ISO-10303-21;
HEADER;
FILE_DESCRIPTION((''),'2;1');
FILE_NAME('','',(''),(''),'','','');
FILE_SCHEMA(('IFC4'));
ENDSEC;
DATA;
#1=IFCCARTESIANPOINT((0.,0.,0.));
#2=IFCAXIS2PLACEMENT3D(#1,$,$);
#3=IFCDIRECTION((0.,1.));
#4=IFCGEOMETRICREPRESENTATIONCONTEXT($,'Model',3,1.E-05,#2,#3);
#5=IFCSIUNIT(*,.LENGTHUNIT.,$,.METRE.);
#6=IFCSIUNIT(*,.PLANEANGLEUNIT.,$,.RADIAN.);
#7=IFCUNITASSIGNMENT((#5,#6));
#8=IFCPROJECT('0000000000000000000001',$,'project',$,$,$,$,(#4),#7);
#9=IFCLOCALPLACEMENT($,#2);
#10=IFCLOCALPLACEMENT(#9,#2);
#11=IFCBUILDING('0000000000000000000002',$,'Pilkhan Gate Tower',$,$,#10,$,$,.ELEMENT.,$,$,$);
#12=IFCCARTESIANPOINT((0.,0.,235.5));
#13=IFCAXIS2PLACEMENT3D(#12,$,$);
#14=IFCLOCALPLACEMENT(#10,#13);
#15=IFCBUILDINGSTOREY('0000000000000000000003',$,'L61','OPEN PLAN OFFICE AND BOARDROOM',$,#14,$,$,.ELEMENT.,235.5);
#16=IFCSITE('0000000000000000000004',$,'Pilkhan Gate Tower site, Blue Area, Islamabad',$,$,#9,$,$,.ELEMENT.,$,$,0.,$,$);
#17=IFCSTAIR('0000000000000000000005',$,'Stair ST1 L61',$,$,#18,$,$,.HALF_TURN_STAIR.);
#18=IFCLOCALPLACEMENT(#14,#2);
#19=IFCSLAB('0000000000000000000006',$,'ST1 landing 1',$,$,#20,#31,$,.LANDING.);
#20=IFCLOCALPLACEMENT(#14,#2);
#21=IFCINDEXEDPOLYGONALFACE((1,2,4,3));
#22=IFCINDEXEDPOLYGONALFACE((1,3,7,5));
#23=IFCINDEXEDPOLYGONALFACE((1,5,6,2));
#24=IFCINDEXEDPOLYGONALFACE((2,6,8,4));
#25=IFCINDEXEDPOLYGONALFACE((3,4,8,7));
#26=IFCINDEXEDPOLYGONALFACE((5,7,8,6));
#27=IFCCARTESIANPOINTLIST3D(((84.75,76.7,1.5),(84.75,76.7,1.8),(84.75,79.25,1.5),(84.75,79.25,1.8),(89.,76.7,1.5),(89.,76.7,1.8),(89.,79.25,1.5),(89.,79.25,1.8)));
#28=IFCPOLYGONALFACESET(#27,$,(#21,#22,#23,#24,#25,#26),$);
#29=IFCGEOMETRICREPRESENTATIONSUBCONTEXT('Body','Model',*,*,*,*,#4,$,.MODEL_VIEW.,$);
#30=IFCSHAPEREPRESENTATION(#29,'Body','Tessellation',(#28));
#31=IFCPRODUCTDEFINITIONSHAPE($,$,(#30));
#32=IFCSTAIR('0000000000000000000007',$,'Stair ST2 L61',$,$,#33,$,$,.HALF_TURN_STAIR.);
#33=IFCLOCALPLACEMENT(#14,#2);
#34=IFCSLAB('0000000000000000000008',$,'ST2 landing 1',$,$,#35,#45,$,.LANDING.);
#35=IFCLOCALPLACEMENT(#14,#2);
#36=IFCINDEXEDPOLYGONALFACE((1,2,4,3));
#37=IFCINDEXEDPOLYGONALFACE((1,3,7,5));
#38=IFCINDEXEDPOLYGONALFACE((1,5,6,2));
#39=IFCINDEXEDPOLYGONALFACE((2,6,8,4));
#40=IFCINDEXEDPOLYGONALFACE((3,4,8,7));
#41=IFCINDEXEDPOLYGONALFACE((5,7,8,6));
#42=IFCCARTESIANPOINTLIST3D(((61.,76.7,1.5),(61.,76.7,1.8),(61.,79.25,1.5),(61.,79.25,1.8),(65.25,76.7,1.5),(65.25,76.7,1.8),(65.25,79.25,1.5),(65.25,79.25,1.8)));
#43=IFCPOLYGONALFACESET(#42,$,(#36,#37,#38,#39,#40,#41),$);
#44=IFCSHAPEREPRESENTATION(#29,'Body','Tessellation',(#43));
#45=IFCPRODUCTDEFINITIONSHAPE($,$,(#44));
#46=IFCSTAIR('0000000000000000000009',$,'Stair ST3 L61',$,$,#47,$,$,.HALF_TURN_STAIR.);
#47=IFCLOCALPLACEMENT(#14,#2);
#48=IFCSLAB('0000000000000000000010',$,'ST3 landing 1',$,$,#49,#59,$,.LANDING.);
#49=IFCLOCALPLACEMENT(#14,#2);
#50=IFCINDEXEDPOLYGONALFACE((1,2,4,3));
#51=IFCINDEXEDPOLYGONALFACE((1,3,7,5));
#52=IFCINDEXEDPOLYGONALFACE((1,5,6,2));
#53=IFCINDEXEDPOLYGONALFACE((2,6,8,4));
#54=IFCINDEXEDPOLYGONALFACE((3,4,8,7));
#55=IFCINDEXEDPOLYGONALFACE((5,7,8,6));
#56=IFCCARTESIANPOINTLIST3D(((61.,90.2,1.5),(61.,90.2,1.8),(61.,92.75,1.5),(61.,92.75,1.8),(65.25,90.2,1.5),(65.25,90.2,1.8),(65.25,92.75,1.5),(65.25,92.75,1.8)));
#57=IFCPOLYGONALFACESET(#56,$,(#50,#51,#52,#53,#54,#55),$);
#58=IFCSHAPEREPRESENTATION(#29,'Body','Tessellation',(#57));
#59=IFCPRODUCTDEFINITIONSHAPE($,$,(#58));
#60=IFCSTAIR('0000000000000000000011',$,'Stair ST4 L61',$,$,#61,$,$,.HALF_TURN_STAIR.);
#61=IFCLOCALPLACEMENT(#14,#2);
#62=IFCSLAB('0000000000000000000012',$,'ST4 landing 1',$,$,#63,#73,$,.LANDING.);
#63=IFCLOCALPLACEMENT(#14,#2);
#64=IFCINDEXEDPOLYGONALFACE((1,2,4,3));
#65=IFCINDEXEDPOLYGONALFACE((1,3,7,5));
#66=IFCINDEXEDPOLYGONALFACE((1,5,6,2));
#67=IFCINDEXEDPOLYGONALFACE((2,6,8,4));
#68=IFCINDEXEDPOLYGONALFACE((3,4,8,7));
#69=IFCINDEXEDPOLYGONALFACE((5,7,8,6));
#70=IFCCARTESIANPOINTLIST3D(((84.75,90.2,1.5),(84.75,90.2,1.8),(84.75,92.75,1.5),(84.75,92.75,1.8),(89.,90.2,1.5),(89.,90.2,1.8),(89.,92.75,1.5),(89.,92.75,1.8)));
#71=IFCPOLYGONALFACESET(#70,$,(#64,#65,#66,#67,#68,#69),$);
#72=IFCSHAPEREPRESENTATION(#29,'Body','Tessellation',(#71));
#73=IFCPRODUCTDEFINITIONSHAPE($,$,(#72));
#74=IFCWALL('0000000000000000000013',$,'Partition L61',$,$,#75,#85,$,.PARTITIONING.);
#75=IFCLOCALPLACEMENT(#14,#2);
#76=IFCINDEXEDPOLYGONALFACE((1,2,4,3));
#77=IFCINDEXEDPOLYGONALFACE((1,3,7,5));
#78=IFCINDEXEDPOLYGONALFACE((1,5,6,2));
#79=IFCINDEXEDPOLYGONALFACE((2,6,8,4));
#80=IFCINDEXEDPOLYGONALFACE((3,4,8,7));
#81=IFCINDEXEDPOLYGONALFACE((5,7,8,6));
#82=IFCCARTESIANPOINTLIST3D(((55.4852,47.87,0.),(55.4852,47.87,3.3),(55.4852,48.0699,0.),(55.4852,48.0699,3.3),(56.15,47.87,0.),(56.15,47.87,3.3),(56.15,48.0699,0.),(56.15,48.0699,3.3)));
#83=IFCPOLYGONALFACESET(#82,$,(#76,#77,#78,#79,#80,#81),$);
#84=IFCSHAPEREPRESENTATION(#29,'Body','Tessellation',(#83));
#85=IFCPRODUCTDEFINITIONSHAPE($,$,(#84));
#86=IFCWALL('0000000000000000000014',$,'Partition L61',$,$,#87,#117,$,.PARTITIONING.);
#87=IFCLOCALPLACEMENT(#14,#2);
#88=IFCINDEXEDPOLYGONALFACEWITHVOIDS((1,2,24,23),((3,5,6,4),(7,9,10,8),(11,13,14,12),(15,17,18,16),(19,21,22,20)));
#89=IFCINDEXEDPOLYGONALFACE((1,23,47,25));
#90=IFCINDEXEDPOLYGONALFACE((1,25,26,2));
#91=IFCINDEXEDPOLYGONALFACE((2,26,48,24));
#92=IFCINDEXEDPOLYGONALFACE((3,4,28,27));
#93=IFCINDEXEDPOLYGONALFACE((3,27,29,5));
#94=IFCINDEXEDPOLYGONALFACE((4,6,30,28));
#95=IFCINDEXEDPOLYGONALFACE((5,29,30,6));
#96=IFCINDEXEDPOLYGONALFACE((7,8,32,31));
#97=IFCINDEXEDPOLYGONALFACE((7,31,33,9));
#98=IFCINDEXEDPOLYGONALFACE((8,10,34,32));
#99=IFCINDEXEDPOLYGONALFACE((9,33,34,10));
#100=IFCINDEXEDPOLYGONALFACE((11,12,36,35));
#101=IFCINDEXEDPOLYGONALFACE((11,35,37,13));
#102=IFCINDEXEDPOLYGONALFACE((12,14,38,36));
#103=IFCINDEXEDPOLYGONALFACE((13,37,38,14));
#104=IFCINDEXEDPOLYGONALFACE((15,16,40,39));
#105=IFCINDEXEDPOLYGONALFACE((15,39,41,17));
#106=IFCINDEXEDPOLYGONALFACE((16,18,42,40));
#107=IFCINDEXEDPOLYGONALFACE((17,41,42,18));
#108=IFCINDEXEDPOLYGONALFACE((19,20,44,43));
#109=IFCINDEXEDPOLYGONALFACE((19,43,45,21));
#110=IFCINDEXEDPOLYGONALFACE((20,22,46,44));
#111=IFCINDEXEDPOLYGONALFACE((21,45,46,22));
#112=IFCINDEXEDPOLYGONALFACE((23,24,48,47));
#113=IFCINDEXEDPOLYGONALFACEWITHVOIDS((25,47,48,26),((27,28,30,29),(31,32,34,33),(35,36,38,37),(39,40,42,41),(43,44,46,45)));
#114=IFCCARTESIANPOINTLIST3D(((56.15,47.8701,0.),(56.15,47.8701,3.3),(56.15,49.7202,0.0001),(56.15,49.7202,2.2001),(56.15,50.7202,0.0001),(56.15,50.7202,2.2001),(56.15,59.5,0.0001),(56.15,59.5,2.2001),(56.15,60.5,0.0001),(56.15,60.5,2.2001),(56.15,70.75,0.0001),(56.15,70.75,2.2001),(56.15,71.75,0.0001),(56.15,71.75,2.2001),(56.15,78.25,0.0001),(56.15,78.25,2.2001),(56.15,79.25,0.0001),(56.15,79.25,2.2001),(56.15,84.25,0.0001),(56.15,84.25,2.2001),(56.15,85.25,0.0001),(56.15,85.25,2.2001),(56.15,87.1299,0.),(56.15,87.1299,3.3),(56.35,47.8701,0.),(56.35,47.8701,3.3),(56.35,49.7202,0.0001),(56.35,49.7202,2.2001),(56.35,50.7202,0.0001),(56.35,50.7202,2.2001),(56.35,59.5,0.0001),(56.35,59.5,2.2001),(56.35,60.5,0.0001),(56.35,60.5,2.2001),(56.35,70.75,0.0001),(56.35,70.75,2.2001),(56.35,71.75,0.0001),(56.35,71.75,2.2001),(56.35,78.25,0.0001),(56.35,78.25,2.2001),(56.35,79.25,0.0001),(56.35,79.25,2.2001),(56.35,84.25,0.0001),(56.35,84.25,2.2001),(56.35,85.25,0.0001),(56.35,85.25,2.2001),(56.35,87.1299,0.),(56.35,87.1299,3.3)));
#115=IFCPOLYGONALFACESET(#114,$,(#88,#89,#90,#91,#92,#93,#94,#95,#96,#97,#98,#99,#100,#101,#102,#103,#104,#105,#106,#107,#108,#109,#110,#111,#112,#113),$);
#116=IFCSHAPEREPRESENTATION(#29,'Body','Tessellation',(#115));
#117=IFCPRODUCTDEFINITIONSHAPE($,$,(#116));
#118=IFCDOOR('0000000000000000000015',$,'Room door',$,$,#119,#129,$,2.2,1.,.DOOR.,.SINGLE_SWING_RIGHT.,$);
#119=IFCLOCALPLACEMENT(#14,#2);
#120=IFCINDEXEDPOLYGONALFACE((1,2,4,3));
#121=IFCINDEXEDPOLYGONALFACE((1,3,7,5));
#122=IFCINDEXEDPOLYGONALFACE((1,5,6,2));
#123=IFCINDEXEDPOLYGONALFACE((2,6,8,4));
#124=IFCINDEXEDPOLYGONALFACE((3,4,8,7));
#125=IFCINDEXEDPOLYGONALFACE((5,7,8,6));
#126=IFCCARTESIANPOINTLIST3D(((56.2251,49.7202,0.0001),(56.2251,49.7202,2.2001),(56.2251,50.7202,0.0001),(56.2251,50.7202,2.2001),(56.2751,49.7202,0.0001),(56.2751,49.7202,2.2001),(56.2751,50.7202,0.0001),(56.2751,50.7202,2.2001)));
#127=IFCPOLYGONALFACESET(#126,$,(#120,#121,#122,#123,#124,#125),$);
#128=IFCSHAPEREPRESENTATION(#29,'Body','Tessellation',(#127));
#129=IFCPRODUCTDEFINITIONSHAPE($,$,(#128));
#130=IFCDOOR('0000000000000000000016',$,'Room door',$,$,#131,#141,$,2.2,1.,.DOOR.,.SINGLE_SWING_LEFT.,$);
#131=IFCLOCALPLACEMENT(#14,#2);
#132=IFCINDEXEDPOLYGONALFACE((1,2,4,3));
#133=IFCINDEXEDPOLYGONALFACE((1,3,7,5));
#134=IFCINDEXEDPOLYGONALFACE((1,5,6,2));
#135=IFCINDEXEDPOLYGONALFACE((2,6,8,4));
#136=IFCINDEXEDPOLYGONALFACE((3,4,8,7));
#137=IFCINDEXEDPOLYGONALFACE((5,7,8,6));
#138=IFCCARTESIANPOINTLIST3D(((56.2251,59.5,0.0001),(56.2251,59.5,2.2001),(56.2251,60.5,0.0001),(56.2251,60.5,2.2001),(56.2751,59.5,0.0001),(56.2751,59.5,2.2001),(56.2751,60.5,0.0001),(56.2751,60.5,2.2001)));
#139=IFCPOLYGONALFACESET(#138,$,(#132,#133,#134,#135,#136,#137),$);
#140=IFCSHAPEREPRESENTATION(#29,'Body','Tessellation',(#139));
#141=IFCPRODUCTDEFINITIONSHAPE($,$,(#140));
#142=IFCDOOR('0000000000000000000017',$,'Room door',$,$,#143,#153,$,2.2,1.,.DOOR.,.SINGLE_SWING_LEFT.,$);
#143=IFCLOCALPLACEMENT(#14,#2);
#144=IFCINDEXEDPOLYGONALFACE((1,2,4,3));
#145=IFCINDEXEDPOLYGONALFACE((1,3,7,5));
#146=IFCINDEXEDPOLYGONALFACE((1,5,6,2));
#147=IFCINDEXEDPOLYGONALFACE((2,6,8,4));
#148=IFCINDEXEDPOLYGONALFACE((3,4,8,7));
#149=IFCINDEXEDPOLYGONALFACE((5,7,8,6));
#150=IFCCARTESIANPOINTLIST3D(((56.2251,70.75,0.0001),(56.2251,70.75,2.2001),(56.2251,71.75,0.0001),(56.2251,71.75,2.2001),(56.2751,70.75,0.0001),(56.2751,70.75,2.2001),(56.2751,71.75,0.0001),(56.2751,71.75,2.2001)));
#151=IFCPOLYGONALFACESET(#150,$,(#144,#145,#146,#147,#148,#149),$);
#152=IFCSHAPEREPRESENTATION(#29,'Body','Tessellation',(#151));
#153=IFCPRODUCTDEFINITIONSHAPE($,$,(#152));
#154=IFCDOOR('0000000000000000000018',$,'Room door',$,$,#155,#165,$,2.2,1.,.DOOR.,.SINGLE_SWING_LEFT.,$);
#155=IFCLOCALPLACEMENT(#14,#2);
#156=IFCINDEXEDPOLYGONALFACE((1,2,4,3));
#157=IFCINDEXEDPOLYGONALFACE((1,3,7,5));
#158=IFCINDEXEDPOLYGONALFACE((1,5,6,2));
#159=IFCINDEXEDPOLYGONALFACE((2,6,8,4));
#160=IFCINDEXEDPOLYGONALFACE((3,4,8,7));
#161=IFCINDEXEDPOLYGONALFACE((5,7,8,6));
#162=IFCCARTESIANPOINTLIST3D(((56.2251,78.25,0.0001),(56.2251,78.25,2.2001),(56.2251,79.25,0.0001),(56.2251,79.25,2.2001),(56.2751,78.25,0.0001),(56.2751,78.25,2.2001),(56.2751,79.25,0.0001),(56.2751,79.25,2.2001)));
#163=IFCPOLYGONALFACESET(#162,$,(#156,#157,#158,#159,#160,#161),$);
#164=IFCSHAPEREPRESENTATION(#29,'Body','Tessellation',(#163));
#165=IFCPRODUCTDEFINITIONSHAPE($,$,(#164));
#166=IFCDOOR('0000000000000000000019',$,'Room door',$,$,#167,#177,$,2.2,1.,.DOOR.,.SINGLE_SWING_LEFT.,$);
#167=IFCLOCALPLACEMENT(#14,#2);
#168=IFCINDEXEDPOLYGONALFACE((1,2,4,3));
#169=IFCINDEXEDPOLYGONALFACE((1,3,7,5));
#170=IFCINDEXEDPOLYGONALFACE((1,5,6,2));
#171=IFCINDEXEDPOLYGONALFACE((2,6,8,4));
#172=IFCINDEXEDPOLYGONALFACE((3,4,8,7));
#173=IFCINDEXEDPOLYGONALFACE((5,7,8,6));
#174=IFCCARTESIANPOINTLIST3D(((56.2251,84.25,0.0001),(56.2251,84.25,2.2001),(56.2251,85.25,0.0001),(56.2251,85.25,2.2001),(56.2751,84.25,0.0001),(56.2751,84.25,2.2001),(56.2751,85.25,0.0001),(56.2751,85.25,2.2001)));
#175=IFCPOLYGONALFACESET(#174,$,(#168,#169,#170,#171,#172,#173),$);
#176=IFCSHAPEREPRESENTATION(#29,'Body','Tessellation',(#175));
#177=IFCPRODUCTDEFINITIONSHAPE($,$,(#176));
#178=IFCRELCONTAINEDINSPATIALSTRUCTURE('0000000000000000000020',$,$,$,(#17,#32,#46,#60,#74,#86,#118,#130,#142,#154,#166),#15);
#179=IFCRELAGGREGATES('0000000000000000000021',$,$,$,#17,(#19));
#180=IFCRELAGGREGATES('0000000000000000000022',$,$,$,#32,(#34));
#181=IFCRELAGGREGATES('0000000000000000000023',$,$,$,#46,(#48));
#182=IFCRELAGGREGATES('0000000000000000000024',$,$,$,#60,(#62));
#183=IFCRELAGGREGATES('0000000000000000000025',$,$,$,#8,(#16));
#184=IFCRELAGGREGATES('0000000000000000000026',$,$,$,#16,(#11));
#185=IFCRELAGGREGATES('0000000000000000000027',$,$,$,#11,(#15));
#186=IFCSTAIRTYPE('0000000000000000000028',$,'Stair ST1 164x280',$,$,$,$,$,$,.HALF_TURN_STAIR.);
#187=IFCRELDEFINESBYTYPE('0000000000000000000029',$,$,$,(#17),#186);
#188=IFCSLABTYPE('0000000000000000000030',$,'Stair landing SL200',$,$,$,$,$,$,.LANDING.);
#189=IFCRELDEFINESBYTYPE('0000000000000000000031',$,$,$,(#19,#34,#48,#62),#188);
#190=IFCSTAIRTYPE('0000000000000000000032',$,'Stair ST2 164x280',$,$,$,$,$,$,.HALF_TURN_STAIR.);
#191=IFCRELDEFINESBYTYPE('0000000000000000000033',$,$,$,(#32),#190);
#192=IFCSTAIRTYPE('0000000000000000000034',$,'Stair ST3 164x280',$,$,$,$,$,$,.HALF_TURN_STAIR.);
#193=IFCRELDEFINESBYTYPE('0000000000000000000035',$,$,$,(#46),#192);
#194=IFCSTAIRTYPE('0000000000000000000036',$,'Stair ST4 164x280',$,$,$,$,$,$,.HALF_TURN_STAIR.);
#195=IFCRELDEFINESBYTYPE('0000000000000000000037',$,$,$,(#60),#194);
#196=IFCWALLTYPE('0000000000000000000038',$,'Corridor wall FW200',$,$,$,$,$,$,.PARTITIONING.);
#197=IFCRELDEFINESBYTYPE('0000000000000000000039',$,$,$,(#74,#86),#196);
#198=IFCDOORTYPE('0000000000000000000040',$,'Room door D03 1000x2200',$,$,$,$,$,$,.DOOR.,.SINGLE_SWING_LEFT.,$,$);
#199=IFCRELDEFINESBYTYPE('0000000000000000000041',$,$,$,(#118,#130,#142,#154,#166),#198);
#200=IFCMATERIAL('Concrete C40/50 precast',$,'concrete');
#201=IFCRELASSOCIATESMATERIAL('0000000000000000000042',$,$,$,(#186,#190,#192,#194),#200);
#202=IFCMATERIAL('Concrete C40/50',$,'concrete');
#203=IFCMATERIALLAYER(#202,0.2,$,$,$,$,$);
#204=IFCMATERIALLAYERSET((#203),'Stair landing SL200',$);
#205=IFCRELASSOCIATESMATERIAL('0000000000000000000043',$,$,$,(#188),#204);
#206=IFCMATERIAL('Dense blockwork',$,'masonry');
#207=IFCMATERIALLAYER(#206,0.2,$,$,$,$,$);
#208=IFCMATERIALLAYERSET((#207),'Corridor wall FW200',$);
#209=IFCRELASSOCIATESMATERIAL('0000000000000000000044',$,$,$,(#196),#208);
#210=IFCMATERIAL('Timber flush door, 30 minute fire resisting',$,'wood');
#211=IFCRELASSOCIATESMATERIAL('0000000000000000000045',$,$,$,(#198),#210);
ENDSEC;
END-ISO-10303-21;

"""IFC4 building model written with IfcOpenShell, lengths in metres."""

from ifc_helpers import new_model, si_unit, direction, frame, frame_2d, origin, place, context, subcontext, project, spatial, polyline, rectangle, outline, extrude, material, layer, layer_set, type_object, element, fill, aggregate, save


model = new_model("IFC4")

# Units and contexts
model_context = context("Model", 3, precision=1e-05, world=origin(), true_north=direction((0.0, 1.0)))
body_context = subcontext(model_context, "Body", "Model", "MODEL_VIEW")
ifc_project = project(units=[si_unit("LENGTHUNIT", "METRE"), si_unit("PLANEANGLEUNIT", "RADIAN")], contexts=[model_context])

# Site, building, storey
site_placement = place(None, origin())
site = spatial("IfcSite", under=ifc_project, at=site_placement, Name="Pilkhan Gate Tower site, Blue Area, Islamabad", CompositionType="ELEMENT", RefElevation=0.0)
building_placement = place(site_placement, origin())
building = spatial("IfcBuilding", under=site, at=building_placement, Name="Pilkhan Gate Tower", CompositionType="ELEMENT")
storey_placement = place(building_placement, frame((0.0, 0.0, 235.5)))
storey = spatial("IfcBuildingStorey", under=building, at=storey_placement, Name="L61", Description="OPEN PLAN OFFICE AND BOARDROOM", CompositionType="ELEMENT", Elevation=235.5)

# Shared definitions
ifc_material_1 = material(Name="Concrete C40/50", Category="concrete")

# Stairs, slabs
ifc_material_2 = material(Name="Concrete C40/50 precast", Category="concrete")
stair_type_1 = type_object("IfcStairType", Name="Stair ST1 164x280", PredefinedType="HALF_TURN_STAIR", material=ifc_material_2)
stair_1_placement = place(storey_placement, origin())
stair_1 = element("IfcStair", 1, at=stair_1_placement, inside=storey, type_object=stair_type_1, Name="Stair ST1 L61", PredefinedType="HALF_TURN_STAIR")
ifc_layer_1 = layer(ifc_material_1, 0.2)
ifc_layer_set_1 = layer_set([ifc_layer_1], Name="Stair landing SL200")
slab_type_1 = type_object("IfcSlabType", Name="Stair landing SL200", PredefinedType="LANDING", material=ifc_layer_set_1)
slab_1_placement = place(storey_placement, frame((0.0, 0.0, 1.5)))
slab_1 = element("IfcSlab", 2, at=slab_1_placement, type_object=slab_type_1, Name="ST1 landing 1", PredefinedType="LANDING", context=body_context, shape_type="SweptSolid", body=[
    extrude(outline(polyline([(89.0, 76.7), (89.0, 79.25), (84.75, 79.25), (84.75, 76.7), (89.0, 76.7)])), origin(), (0.0, 0.0, 1.0), 0.3),
])
aggregate(stair_1, [slab_1])
stair_type_2 = type_object("IfcStairType", Name="Stair ST2 164x280", PredefinedType="HALF_TURN_STAIR", material=ifc_material_2)
stair_2_placement = place(storey_placement, origin())
stair_2 = element("IfcStair", 3, at=stair_2_placement, inside=storey, type_object=stair_type_2, Name="Stair ST2 L61", PredefinedType="HALF_TURN_STAIR")
slab_2_placement = place(storey_placement, frame((0.0, 0.0, 1.5)))
slab_2 = element("IfcSlab", 4, at=slab_2_placement, type_object=slab_type_1, Name="ST2 landing 1", PredefinedType="LANDING", context=body_context, shape_type="SweptSolid", body=[
    extrude(outline(polyline([(65.25, 76.7), (65.25, 79.25), (61.0, 79.25), (61.0, 76.7), (65.25, 76.7)])), origin(), (0.0, 0.0, 1.0), 0.3),
])
aggregate(stair_2, [slab_2])
stair_type_3 = type_object("IfcStairType", Name="Stair ST3 164x280", PredefinedType="HALF_TURN_STAIR", material=ifc_material_2)
stair_3_placement = place(storey_placement, origin())
stair_3 = element("IfcStair", 5, at=stair_3_placement, inside=storey, type_object=stair_type_3, Name="Stair ST3 L61", PredefinedType="HALF_TURN_STAIR")
slab_3_placement = place(storey_placement, frame((0.0, 0.0, 1.5)))
slab_3 = element("IfcSlab", 6, at=slab_3_placement, type_object=slab_type_1, Name="ST3 landing 1", PredefinedType="LANDING", context=body_context, shape_type="SweptSolid", body=[
    extrude(outline(polyline([(65.25, 90.2), (65.25, 92.75), (61.0, 92.75), (61.0, 90.2), (65.25, 90.2)])), origin(), (0.0, 0.0, 1.0), 0.3),
])
aggregate(stair_3, [slab_3])
stair_type_4 = type_object("IfcStairType", Name="Stair ST4 164x280", PredefinedType="HALF_TURN_STAIR", material=ifc_material_2)
stair_4_placement = place(storey_placement, origin())
stair_4 = element("IfcStair", 7, at=stair_4_placement, inside=storey, type_object=stair_type_4, Name="Stair ST4 L61", PredefinedType="HALF_TURN_STAIR")
slab_4_placement = place(storey_placement, frame((0.0, 0.0, 1.5)))
slab_4 = element("IfcSlab", 8, at=slab_4_placement, type_object=slab_type_1, Name="ST4 landing 1", PredefinedType="LANDING", context=body_context, shape_type="SweptSolid", body=[
    extrude(outline(polyline([(89.0, 90.2), (89.0, 92.75), (84.75, 92.75), (84.75, 90.2), (89.0, 90.2)])), origin(), (0.0, 0.0, 1.0), 0.3),
])
aggregate(stair_4, [slab_4])

# Wall
ifc_material_3 = material(Name="Dense blockwork", Category="masonry")
ifc_layer_2 = layer(ifc_material_3, 0.2)
ifc_layer_set_2 = layer_set([ifc_layer_2], Name="Corridor wall FW200")
wall_type = type_object("IfcWallType", Name="Corridor wall FW200", PredefinedType="PARTITIONING", material=ifc_layer_set_2)
wall_1_placement = place(storey_placement, frame((55.4851, 47.97, 0.0), z_axis=(0.0, 0.0, 1.0), x_axis=(1.0, 0.0, 0.0)))
element("IfcWall", 9, at=wall_1_placement, inside=storey, type_object=wall_type, Name="Partition L61", PredefinedType="PARTITIONING", context=body_context, shape_type="SweptSolid", body=[
    extrude(rectangle(XDim=0.6648, YDim=0.2, at=frame_2d((0.3325, 0.0))), origin(), (0.0, 0.0, 1.0), 3.3),
])

# Wall, openings, doors
wall_2_placement = place(storey_placement, frame((56.25, 47.8701, 0.0), z_axis=(0.0, 0.0, 1.0), x_axis=(0.0, 1.0, 0.0)))
wall_2 = element("IfcWall", 10, at=wall_2_placement, inside=storey, type_object=wall_type, Name="Partition L61", PredefinedType="PARTITIONING", context=body_context, shape_type="SweptSolid", body=[
    extrude(rectangle(XDim=39.2598, YDim=0.2, at=frame_2d((19.6299, 0.0))), origin(), (0.0, 0.0, 1.0), 3.3),
])
opening_1_placement = place(wall_2_placement, frame((1.8501, 0.0, 0.0)))
opening_1 = element("IfcOpeningElement", 11, at=opening_1_placement, cuts=wall_2, PredefinedType="OPENING", context=body_context, shape_type="SweptSolid", body=[
    extrude(rectangle(XDim=1.0, YDim=2.2, at=frame_2d((0.5, 1.1001))), frame((0.0, 0.1099, 0.0), z_axis=(0.0, -1.0, 0.0), x_axis=(1.0, 0.0, 0.0)), (0.0, 0.0, 1.0), 0.22),
])
opening_2_placement = place(wall_2_placement, frame((11.6299, 0.0, 0.0)))
opening_2 = element("IfcOpeningElement", 12, at=opening_2_placement, cuts=wall_2, PredefinedType="OPENING", context=body_context, shape_type="SweptSolid", body=[
    extrude(rectangle(XDim=1.0, YDim=2.2, at=frame_2d((0.5, 1.1001))), frame((0.0, 0.1099, 0.0), z_axis=(0.0, -1.0, 0.0), x_axis=(1.0, 0.0, 0.0)), (0.0, 0.0, 1.0), 0.22),
])
opening_3_placement = place(wall_2_placement, frame((22.8799, 0.0, 0.0)))
opening_3 = element("IfcOpeningElement", 13, at=opening_3_placement, cuts=wall_2, PredefinedType="OPENING", context=body_context, shape_type="SweptSolid", body=[
    extrude(rectangle(XDim=1.0, YDim=2.2, at=frame_2d((0.5, 1.1001))), frame((0.0, 0.1099, 0.0), z_axis=(0.0, -1.0, 0.0), x_axis=(1.0, 0.0, 0.0)), (0.0, 0.0, 1.0), 0.22),
])
opening_4_placement = place(wall_2_placement, frame((30.3799, 0.0, 0.0)))
opening_4 = element("IfcOpeningElement", 14, at=opening_4_placement, cuts=wall_2, PredefinedType="OPENING", context=body_context, shape_type="SweptSolid", body=[
    extrude(rectangle(XDim=1.0, YDim=2.2, at=frame_2d((0.5, 1.1001))), frame((0.0, 0.1099, 0.0), z_axis=(0.0, -1.0, 0.0), x_axis=(1.0, 0.0, 0.0)), (0.0, 0.0, 1.0), 0.22),
])
opening_5_placement = place(wall_2_placement, frame((36.3799, 0.0, 0.0)))
opening_5 = element("IfcOpeningElement", 15, at=opening_5_placement, cuts=wall_2, PredefinedType="OPENING", context=body_context, shape_type="SweptSolid", body=[
    extrude(rectangle(XDim=1.0, YDim=2.2, at=frame_2d((0.5, 1.1001))), frame((0.0, 0.1099, 0.0), z_axis=(0.0, -1.0, 0.0), x_axis=(1.0, 0.0, 0.0)), (0.0, 0.0, 1.0), 0.22),
])
ifc_material_4 = material(Name="Timber flush door, 30 minute fire resisting", Category="wood")
door_type = type_object("IfcDoorType", Name="Room door D03 1000x2200", OperationType="SINGLE_SWING_LEFT", PredefinedType="DOOR", material=ifc_material_4)
door_1_placement = place(opening_1_placement, origin())
door_1 = element("IfcDoor", 16, at=door_1_placement, inside=storey, type_object=door_type, Name="Room door", OperationType="SINGLE_SWING_RIGHT", OverallHeight=2.2, OverallWidth=1.0, PredefinedType="DOOR", context=body_context, shape_type="SweptSolid", body=[
    extrude(rectangle(XDim=1.0, YDim=2.2, at=frame_2d((0.5, 1.1001))), frame((0.0, 0.0249, 0.0), z_axis=(0.0, -1.0, 0.0), x_axis=(1.0, 0.0, 0.0)), (0.0, 0.0, 1.0), 0.05),
])
fill(opening_1, door_1)
door_2_placement = place(opening_2_placement, origin())
door_2 = element("IfcDoor", 17, at=door_2_placement, inside=storey, type_object=door_type, Name="Room door", OperationType="SINGLE_SWING_LEFT", OverallHeight=2.2, OverallWidth=1.0, PredefinedType="DOOR", context=body_context, shape_type="SweptSolid", body=[
    extrude(rectangle(XDim=1.0, YDim=2.2, at=frame_2d((0.5, 1.1001))), frame((0.0, 0.0249, 0.0), z_axis=(0.0, -1.0, 0.0), x_axis=(1.0, 0.0, 0.0)), (0.0, 0.0, 1.0), 0.05),
])
fill(opening_2, door_2)
door_3_placement = place(opening_3_placement, origin())
door_3 = element("IfcDoor", 18, at=door_3_placement, inside=storey, type_object=door_type, Name="Room door", OperationType="SINGLE_SWING_LEFT", OverallHeight=2.2, OverallWidth=1.0, PredefinedType="DOOR", context=body_context, shape_type="SweptSolid", body=[
    extrude(rectangle(XDim=1.0, YDim=2.2, at=frame_2d((0.5, 1.1001))), frame((0.0, 0.0249, 0.0), z_axis=(0.0, -1.0, 0.0), x_axis=(1.0, 0.0, 0.0)), (0.0, 0.0, 1.0), 0.05),
])
fill(opening_3, door_3)
door_4_placement = place(opening_4_placement, origin())
door_4 = element("IfcDoor", 19, at=door_4_placement, inside=storey, type_object=door_type, Name="Room door", OperationType="SINGLE_SWING_LEFT", OverallHeight=2.2, OverallWidth=1.0, PredefinedType="DOOR", context=body_context, shape_type="SweptSolid", body=[
    extrude(rectangle(XDim=1.0, YDim=2.2, at=frame_2d((0.5, 1.1001))), frame((0.0, 0.0249, 0.0), z_axis=(0.0, -1.0, 0.0), x_axis=(1.0, 0.0, 0.0)), (0.0, 0.0, 1.0), 0.05),
])
fill(opening_4, door_4)
door_5_placement = place(opening_5_placement, origin())
door_5 = element("IfcDoor", 20, at=door_5_placement, inside=storey, type_object=door_type, Name="Room door", OperationType="SINGLE_SWING_LEFT", OverallHeight=2.2, OverallWidth=1.0, PredefinedType="DOOR", context=body_context, shape_type="SweptSolid", body=[
    extrude(rectangle(XDim=1.0, YDim=2.2, at=frame_2d((0.5, 1.1001))), frame((0.0, 0.0249, 0.0), z_axis=(0.0, -1.0, 0.0), x_axis=(1.0, 0.0, 0.0)), (0.0, 0.0, 1.0), 0.05),
])
fill(opening_5, door_5)

save(model, "model.ifc")
